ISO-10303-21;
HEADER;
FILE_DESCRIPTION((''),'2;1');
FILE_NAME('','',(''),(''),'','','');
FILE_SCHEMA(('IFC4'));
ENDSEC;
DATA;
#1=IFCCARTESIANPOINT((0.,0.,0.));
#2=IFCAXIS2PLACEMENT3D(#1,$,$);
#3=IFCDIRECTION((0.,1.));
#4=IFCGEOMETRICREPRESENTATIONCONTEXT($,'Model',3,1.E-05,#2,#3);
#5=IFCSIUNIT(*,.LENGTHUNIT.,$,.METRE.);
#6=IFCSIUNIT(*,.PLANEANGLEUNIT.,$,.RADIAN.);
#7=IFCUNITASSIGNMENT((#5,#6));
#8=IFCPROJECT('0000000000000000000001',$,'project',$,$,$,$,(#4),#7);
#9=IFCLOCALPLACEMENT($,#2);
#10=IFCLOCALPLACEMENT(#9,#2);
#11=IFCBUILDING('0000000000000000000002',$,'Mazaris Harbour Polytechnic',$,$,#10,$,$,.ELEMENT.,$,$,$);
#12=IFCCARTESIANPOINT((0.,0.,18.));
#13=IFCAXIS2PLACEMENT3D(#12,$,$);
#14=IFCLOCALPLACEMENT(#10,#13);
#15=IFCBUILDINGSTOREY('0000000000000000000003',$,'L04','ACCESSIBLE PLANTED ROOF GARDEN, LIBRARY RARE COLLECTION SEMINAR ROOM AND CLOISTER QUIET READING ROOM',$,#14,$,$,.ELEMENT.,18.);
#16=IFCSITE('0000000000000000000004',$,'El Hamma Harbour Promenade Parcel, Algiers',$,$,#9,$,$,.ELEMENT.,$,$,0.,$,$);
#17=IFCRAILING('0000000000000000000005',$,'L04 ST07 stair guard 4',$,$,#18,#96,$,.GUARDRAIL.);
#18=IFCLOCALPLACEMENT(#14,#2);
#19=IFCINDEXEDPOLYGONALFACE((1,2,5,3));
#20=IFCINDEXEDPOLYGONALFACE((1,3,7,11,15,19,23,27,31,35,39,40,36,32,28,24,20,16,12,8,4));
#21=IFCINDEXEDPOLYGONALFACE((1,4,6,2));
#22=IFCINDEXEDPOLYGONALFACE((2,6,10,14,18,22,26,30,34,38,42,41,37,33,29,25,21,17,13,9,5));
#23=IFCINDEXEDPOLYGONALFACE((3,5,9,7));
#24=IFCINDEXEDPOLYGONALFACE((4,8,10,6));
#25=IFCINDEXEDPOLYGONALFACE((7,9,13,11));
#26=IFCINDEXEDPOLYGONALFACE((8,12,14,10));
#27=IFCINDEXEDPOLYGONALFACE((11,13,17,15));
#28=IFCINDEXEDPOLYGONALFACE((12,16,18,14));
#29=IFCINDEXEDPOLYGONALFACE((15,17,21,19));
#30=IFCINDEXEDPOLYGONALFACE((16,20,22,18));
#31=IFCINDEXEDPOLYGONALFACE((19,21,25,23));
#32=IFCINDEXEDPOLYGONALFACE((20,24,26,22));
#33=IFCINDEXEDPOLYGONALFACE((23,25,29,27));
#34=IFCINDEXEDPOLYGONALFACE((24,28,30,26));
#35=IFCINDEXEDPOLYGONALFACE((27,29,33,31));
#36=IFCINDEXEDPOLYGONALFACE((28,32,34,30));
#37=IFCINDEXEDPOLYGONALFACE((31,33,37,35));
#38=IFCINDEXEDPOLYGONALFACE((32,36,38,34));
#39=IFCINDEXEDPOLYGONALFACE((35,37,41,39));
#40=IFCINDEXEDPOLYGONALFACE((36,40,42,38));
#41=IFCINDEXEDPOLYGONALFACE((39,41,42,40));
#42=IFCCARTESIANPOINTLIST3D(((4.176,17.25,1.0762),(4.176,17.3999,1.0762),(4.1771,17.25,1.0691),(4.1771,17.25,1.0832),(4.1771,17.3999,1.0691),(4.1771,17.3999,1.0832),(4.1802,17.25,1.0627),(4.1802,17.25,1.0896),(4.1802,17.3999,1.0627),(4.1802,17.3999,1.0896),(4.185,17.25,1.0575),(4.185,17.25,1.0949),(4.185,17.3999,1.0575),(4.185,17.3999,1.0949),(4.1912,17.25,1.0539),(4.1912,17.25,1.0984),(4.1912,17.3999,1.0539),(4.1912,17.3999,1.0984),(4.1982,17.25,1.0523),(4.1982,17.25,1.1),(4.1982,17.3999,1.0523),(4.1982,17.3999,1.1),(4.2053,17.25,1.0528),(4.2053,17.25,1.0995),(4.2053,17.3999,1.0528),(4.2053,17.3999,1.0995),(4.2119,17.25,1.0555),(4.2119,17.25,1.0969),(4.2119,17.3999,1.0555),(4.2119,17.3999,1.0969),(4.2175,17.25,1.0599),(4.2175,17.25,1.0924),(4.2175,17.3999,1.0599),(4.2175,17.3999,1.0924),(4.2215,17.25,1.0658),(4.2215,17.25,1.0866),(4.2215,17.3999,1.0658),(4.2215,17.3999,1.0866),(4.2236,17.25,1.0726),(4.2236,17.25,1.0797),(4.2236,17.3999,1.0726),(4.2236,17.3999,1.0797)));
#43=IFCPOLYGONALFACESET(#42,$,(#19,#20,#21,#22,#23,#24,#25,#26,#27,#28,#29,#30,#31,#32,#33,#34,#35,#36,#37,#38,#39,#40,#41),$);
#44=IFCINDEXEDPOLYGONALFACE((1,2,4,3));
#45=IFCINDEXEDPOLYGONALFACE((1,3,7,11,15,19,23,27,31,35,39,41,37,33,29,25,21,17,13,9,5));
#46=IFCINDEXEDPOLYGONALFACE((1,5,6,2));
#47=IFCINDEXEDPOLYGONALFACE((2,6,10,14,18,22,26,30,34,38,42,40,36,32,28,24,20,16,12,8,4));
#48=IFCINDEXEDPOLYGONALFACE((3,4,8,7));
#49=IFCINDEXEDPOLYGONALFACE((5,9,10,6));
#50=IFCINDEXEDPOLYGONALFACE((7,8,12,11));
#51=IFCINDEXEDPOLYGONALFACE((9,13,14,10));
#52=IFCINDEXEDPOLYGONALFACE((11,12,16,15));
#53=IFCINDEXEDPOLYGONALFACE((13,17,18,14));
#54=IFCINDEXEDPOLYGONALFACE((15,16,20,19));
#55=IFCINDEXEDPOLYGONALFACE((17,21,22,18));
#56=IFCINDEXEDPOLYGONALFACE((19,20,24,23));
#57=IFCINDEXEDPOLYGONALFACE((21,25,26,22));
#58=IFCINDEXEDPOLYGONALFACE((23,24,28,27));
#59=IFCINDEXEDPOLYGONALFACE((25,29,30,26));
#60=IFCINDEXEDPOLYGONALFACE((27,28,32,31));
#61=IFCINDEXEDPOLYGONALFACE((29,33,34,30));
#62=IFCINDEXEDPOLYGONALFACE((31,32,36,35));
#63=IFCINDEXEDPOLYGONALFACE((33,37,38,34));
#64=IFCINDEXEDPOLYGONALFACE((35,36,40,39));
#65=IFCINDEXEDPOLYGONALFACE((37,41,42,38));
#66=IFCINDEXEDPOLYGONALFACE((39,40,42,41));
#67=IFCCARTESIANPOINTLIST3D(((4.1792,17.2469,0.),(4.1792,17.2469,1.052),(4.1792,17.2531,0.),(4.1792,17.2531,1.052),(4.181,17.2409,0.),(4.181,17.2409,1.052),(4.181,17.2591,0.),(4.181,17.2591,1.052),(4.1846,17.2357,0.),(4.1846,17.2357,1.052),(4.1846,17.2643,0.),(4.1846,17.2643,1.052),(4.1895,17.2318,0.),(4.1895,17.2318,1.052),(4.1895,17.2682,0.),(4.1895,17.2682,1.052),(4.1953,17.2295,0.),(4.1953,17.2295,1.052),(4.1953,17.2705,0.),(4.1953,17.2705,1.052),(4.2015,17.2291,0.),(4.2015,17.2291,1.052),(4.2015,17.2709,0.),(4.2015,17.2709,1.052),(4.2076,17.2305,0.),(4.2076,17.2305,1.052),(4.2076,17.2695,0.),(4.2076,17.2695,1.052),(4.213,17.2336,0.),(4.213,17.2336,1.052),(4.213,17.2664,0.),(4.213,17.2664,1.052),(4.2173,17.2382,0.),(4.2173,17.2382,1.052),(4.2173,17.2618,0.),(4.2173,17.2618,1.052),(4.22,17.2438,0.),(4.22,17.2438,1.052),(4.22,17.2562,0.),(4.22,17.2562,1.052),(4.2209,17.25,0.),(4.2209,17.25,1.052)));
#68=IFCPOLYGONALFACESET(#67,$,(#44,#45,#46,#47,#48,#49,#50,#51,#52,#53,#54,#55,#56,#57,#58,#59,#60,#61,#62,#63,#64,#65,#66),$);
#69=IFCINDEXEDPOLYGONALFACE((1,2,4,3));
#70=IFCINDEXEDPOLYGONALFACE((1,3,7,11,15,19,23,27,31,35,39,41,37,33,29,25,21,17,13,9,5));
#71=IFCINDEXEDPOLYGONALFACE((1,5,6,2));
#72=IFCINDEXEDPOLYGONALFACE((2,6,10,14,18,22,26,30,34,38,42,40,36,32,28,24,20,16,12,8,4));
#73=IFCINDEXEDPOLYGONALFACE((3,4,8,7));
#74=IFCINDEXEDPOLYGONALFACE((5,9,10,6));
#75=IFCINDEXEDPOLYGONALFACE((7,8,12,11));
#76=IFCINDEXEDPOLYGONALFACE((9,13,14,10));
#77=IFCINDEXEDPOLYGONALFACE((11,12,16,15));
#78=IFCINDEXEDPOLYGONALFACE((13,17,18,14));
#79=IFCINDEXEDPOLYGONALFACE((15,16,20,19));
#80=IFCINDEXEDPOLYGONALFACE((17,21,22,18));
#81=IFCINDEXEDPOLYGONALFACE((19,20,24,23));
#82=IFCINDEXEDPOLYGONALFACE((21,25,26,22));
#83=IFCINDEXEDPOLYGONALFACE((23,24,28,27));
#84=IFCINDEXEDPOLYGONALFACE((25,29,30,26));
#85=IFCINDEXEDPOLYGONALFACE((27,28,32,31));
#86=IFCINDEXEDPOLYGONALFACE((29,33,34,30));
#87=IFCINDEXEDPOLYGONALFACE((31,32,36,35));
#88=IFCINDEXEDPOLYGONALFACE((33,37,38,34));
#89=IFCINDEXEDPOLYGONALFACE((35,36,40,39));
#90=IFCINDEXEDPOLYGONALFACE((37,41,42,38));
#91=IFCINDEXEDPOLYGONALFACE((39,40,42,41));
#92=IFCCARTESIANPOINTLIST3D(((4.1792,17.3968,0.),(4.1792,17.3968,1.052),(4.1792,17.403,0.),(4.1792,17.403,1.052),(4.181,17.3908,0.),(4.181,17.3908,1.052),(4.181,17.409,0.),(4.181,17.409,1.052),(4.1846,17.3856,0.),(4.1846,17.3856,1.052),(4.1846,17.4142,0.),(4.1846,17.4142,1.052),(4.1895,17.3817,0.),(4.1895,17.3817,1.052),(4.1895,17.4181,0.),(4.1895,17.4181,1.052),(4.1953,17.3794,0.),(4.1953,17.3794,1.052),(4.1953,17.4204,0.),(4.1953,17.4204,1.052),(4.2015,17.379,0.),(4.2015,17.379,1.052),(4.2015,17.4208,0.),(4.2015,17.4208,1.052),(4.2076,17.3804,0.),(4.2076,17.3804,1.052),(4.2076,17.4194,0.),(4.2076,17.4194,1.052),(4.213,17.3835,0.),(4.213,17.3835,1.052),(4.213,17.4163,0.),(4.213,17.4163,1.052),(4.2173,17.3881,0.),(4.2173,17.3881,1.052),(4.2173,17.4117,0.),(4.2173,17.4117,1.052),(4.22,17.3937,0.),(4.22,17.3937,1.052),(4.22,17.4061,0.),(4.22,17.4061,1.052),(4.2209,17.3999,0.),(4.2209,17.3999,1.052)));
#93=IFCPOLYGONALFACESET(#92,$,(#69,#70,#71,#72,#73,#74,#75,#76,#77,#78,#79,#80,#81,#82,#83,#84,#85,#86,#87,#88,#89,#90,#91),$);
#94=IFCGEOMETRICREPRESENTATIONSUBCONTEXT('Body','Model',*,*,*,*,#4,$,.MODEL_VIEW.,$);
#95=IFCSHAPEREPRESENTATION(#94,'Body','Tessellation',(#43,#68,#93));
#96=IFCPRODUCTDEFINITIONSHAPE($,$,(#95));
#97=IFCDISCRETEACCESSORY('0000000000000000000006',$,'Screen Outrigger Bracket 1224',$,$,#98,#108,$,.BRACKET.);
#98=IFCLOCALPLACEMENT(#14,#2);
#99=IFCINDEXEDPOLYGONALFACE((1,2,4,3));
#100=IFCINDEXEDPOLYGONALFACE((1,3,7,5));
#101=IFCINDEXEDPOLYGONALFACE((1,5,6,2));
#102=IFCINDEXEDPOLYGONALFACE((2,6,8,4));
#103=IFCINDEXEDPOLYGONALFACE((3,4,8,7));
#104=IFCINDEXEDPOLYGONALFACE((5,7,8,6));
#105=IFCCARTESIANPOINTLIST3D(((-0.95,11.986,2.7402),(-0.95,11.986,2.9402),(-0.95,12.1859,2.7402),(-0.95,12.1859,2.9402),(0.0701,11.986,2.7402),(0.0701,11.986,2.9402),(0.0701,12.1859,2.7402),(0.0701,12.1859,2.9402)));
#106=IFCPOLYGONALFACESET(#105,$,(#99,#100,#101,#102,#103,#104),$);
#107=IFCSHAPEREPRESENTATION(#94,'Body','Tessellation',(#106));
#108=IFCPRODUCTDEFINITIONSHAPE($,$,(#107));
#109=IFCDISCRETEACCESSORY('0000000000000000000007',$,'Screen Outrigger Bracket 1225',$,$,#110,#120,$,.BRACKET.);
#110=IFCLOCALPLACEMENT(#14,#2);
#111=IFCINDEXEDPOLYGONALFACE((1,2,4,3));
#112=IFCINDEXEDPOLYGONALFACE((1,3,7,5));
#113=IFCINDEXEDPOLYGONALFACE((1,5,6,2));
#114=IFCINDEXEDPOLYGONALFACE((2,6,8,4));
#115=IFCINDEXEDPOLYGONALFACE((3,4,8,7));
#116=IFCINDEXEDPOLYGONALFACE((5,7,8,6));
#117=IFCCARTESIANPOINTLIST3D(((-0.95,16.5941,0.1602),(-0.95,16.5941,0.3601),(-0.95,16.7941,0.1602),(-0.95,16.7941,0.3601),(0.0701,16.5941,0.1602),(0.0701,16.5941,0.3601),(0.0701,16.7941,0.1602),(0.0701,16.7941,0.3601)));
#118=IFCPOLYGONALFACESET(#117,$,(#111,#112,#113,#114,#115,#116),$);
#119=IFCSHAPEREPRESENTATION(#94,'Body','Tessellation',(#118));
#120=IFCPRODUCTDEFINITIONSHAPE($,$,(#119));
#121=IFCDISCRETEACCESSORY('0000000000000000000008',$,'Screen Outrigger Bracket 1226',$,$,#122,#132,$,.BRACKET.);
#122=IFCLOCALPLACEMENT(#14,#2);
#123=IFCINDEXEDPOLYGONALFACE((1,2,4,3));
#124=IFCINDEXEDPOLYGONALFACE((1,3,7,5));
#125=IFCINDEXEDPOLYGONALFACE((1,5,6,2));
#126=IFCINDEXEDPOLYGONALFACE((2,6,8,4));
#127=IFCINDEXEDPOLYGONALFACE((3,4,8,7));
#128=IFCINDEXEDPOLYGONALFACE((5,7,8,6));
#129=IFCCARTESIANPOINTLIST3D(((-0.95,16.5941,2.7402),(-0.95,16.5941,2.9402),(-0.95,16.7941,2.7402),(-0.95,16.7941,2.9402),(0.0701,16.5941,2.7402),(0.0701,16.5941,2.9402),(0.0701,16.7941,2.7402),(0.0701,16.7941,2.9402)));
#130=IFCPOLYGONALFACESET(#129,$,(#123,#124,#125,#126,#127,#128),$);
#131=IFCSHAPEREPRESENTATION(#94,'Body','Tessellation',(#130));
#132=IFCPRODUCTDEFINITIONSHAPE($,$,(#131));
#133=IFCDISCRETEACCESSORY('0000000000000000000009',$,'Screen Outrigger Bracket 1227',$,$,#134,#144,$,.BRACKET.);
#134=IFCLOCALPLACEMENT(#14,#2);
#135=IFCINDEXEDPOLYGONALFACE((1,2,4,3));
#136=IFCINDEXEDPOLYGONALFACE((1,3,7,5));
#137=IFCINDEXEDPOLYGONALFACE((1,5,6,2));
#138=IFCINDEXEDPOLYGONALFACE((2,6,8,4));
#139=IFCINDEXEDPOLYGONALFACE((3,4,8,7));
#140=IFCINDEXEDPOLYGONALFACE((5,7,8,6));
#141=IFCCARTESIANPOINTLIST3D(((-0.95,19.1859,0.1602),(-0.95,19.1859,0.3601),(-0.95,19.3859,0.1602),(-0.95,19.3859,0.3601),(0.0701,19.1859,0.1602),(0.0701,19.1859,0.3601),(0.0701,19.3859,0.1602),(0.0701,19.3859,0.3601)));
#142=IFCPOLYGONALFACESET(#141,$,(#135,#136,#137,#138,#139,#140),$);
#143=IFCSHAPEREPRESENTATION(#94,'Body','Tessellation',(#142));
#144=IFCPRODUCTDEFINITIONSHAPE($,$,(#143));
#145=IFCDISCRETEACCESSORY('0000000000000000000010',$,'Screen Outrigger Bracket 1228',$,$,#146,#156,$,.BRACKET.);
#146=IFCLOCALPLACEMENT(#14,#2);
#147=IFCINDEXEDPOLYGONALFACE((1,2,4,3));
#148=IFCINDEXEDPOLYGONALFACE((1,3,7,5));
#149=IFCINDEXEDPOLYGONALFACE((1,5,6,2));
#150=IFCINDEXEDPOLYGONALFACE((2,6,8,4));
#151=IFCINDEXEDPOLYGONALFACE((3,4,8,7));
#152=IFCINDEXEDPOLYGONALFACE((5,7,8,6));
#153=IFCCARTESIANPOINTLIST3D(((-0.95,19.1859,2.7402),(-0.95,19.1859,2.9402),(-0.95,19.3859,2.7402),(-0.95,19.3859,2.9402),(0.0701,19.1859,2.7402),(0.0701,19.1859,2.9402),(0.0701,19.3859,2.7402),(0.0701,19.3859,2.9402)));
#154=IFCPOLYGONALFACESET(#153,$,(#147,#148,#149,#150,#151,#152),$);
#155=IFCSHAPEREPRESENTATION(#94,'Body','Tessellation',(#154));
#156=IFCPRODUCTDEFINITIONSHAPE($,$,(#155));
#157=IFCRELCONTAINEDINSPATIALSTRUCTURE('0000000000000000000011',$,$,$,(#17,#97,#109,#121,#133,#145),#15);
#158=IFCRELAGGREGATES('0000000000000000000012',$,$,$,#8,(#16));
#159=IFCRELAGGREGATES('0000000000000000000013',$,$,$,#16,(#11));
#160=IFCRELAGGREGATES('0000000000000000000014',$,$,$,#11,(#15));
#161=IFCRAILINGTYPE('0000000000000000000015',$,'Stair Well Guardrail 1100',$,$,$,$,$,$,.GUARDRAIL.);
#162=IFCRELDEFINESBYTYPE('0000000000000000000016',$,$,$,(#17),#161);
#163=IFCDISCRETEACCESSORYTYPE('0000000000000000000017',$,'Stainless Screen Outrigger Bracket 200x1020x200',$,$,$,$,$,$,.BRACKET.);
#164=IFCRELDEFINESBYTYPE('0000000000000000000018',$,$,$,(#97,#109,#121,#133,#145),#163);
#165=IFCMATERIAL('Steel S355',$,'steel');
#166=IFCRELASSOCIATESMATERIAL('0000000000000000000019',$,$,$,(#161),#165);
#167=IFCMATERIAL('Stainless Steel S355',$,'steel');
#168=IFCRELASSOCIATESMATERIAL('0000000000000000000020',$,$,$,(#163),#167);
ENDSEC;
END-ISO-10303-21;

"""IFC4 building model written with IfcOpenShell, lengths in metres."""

from ifc_helpers import new_model, si_unit, direction, frame, origin, origin_2d, place, context, subcontext, project, spatial, rectangle, circle, extrude, material, type_object, element, save


model = new_model("IFC4")

# Units and contexts
model_context = context("Model", 3, precision=1e-05, world=origin(), true_north=direction((0.0, 1.0)))
body_context = subcontext(model_context, "Body", "Model", "MODEL_VIEW")
ifc_project = project(units=[si_unit("LENGTHUNIT", "METRE"), si_unit("PLANEANGLEUNIT", "RADIAN")], contexts=[model_context])

# Site, building, storey
site_placement = place(None, origin())
site = spatial("IfcSite", under=ifc_project, at=site_placement, Name="El Hamma Harbour Promenade Parcel, Algiers", CompositionType="ELEMENT", RefElevation=0.0)
building_placement = place(site_placement, origin())
building = spatial("IfcBuilding", under=site, at=building_placement, Name="Mazaris Harbour Polytechnic", CompositionType="ELEMENT")
storey_placement = place(building_placement, frame((0.0, 0.0, 18.0)))
storey = spatial("IfcBuildingStorey", under=building, at=storey_placement, Name="L04", Description="ACCESSIBLE PLANTED ROOF GARDEN, LIBRARY RARE COLLECTION SEMINAR ROOM AND CLOISTER QUIET READING ROOM", CompositionType="ELEMENT", Elevation=18.0)

# Railing
ifc_material_1 = material(Name="Steel S355", Category="steel")
railing_type_1 = type_object("IfcRailingType", Name="Stair Well Guardrail 1100", PredefinedType="GUARDRAIL", material=ifc_material_1)
railing_1_placement = place(storey_placement, frame((4.2, 17.25, 0.0)))
element("IfcRailing", 1, at=railing_1_placement, inside=storey, type_object=railing_type_1, Name="L04 ST07 stair guard 4", PredefinedType="GUARDRAIL", context=body_context, shape_type="SweptSolid", body=[
    extrude(circle(Radius=0.0239, at=origin_2d()), frame((0.0, 0.0, 1.0762), z_axis=(0.0, 1.0, 0.0), x_axis=(-1.0, 0.0, 0.0)), (0.0, 0.0, 1.0), 0.1499),
    extrude(circle(Radius=0.021, at=origin_2d()), origin(), (0.0, 0.0, 1.0), 1.052),
    extrude(circle(Radius=0.021, at=origin_2d()), frame((0.0, 0.1499, 0.0)), (0.0, 0.0, 1.0), 1.052),
])

# Discrete accessories
ifc_material_2 = material(Name="Stainless Steel S355", Category="steel")
discrete_accessory_type = type_object("IfcDiscreteAccessoryType", Name="Stainless Screen Outrigger Bracket 200x1020x200", PredefinedType="BRACKET", material=ifc_material_2)
for number, where, z_axis, x_axis, name in (
    (2, (-0.4399, 12.0859, 2.7402), (0.0, 0.0, 1.0), (0.0, 1.0, 0.0), "Screen Outrigger Bracket 1224"),
    (3, (-0.4399, 16.6941, 0.1602), (0.0, 0.0, 1.0), (0.0, 1.0, 0.0), "Screen Outrigger Bracket 1225"),
    (4, (-0.4399, 16.6941, 2.7402), (0.0, 0.0, 1.0), (0.0, 1.0, 0.0), "Screen Outrigger Bracket 1226"),
    (5, (-0.4399, 19.2859, 0.1602), (0.0, 0.0, 1.0), (0.0, 1.0, 0.0), "Screen Outrigger Bracket 1227"),
    (6, (-0.4399, 19.2859, 2.7402), (0.0, 0.0, 1.0), (0.0, 1.0, 0.0), "Screen Outrigger Bracket 1228"),
):
    element("IfcDiscreteAccessory", number, at=place(storey_placement, frame(where, z_axis=z_axis, x_axis=x_axis)), inside=storey, type_object=discrete_accessory_type, Name=name, PredefinedType="BRACKET", context=body_context, shape_type="SweptSolid", body=[
        extrude(rectangle(XDim=0.2, YDim=1.02, at=origin_2d()), origin(), (0.0, 0.0, 1.0), 0.2),
    ])

save(model, "model.ifc")
